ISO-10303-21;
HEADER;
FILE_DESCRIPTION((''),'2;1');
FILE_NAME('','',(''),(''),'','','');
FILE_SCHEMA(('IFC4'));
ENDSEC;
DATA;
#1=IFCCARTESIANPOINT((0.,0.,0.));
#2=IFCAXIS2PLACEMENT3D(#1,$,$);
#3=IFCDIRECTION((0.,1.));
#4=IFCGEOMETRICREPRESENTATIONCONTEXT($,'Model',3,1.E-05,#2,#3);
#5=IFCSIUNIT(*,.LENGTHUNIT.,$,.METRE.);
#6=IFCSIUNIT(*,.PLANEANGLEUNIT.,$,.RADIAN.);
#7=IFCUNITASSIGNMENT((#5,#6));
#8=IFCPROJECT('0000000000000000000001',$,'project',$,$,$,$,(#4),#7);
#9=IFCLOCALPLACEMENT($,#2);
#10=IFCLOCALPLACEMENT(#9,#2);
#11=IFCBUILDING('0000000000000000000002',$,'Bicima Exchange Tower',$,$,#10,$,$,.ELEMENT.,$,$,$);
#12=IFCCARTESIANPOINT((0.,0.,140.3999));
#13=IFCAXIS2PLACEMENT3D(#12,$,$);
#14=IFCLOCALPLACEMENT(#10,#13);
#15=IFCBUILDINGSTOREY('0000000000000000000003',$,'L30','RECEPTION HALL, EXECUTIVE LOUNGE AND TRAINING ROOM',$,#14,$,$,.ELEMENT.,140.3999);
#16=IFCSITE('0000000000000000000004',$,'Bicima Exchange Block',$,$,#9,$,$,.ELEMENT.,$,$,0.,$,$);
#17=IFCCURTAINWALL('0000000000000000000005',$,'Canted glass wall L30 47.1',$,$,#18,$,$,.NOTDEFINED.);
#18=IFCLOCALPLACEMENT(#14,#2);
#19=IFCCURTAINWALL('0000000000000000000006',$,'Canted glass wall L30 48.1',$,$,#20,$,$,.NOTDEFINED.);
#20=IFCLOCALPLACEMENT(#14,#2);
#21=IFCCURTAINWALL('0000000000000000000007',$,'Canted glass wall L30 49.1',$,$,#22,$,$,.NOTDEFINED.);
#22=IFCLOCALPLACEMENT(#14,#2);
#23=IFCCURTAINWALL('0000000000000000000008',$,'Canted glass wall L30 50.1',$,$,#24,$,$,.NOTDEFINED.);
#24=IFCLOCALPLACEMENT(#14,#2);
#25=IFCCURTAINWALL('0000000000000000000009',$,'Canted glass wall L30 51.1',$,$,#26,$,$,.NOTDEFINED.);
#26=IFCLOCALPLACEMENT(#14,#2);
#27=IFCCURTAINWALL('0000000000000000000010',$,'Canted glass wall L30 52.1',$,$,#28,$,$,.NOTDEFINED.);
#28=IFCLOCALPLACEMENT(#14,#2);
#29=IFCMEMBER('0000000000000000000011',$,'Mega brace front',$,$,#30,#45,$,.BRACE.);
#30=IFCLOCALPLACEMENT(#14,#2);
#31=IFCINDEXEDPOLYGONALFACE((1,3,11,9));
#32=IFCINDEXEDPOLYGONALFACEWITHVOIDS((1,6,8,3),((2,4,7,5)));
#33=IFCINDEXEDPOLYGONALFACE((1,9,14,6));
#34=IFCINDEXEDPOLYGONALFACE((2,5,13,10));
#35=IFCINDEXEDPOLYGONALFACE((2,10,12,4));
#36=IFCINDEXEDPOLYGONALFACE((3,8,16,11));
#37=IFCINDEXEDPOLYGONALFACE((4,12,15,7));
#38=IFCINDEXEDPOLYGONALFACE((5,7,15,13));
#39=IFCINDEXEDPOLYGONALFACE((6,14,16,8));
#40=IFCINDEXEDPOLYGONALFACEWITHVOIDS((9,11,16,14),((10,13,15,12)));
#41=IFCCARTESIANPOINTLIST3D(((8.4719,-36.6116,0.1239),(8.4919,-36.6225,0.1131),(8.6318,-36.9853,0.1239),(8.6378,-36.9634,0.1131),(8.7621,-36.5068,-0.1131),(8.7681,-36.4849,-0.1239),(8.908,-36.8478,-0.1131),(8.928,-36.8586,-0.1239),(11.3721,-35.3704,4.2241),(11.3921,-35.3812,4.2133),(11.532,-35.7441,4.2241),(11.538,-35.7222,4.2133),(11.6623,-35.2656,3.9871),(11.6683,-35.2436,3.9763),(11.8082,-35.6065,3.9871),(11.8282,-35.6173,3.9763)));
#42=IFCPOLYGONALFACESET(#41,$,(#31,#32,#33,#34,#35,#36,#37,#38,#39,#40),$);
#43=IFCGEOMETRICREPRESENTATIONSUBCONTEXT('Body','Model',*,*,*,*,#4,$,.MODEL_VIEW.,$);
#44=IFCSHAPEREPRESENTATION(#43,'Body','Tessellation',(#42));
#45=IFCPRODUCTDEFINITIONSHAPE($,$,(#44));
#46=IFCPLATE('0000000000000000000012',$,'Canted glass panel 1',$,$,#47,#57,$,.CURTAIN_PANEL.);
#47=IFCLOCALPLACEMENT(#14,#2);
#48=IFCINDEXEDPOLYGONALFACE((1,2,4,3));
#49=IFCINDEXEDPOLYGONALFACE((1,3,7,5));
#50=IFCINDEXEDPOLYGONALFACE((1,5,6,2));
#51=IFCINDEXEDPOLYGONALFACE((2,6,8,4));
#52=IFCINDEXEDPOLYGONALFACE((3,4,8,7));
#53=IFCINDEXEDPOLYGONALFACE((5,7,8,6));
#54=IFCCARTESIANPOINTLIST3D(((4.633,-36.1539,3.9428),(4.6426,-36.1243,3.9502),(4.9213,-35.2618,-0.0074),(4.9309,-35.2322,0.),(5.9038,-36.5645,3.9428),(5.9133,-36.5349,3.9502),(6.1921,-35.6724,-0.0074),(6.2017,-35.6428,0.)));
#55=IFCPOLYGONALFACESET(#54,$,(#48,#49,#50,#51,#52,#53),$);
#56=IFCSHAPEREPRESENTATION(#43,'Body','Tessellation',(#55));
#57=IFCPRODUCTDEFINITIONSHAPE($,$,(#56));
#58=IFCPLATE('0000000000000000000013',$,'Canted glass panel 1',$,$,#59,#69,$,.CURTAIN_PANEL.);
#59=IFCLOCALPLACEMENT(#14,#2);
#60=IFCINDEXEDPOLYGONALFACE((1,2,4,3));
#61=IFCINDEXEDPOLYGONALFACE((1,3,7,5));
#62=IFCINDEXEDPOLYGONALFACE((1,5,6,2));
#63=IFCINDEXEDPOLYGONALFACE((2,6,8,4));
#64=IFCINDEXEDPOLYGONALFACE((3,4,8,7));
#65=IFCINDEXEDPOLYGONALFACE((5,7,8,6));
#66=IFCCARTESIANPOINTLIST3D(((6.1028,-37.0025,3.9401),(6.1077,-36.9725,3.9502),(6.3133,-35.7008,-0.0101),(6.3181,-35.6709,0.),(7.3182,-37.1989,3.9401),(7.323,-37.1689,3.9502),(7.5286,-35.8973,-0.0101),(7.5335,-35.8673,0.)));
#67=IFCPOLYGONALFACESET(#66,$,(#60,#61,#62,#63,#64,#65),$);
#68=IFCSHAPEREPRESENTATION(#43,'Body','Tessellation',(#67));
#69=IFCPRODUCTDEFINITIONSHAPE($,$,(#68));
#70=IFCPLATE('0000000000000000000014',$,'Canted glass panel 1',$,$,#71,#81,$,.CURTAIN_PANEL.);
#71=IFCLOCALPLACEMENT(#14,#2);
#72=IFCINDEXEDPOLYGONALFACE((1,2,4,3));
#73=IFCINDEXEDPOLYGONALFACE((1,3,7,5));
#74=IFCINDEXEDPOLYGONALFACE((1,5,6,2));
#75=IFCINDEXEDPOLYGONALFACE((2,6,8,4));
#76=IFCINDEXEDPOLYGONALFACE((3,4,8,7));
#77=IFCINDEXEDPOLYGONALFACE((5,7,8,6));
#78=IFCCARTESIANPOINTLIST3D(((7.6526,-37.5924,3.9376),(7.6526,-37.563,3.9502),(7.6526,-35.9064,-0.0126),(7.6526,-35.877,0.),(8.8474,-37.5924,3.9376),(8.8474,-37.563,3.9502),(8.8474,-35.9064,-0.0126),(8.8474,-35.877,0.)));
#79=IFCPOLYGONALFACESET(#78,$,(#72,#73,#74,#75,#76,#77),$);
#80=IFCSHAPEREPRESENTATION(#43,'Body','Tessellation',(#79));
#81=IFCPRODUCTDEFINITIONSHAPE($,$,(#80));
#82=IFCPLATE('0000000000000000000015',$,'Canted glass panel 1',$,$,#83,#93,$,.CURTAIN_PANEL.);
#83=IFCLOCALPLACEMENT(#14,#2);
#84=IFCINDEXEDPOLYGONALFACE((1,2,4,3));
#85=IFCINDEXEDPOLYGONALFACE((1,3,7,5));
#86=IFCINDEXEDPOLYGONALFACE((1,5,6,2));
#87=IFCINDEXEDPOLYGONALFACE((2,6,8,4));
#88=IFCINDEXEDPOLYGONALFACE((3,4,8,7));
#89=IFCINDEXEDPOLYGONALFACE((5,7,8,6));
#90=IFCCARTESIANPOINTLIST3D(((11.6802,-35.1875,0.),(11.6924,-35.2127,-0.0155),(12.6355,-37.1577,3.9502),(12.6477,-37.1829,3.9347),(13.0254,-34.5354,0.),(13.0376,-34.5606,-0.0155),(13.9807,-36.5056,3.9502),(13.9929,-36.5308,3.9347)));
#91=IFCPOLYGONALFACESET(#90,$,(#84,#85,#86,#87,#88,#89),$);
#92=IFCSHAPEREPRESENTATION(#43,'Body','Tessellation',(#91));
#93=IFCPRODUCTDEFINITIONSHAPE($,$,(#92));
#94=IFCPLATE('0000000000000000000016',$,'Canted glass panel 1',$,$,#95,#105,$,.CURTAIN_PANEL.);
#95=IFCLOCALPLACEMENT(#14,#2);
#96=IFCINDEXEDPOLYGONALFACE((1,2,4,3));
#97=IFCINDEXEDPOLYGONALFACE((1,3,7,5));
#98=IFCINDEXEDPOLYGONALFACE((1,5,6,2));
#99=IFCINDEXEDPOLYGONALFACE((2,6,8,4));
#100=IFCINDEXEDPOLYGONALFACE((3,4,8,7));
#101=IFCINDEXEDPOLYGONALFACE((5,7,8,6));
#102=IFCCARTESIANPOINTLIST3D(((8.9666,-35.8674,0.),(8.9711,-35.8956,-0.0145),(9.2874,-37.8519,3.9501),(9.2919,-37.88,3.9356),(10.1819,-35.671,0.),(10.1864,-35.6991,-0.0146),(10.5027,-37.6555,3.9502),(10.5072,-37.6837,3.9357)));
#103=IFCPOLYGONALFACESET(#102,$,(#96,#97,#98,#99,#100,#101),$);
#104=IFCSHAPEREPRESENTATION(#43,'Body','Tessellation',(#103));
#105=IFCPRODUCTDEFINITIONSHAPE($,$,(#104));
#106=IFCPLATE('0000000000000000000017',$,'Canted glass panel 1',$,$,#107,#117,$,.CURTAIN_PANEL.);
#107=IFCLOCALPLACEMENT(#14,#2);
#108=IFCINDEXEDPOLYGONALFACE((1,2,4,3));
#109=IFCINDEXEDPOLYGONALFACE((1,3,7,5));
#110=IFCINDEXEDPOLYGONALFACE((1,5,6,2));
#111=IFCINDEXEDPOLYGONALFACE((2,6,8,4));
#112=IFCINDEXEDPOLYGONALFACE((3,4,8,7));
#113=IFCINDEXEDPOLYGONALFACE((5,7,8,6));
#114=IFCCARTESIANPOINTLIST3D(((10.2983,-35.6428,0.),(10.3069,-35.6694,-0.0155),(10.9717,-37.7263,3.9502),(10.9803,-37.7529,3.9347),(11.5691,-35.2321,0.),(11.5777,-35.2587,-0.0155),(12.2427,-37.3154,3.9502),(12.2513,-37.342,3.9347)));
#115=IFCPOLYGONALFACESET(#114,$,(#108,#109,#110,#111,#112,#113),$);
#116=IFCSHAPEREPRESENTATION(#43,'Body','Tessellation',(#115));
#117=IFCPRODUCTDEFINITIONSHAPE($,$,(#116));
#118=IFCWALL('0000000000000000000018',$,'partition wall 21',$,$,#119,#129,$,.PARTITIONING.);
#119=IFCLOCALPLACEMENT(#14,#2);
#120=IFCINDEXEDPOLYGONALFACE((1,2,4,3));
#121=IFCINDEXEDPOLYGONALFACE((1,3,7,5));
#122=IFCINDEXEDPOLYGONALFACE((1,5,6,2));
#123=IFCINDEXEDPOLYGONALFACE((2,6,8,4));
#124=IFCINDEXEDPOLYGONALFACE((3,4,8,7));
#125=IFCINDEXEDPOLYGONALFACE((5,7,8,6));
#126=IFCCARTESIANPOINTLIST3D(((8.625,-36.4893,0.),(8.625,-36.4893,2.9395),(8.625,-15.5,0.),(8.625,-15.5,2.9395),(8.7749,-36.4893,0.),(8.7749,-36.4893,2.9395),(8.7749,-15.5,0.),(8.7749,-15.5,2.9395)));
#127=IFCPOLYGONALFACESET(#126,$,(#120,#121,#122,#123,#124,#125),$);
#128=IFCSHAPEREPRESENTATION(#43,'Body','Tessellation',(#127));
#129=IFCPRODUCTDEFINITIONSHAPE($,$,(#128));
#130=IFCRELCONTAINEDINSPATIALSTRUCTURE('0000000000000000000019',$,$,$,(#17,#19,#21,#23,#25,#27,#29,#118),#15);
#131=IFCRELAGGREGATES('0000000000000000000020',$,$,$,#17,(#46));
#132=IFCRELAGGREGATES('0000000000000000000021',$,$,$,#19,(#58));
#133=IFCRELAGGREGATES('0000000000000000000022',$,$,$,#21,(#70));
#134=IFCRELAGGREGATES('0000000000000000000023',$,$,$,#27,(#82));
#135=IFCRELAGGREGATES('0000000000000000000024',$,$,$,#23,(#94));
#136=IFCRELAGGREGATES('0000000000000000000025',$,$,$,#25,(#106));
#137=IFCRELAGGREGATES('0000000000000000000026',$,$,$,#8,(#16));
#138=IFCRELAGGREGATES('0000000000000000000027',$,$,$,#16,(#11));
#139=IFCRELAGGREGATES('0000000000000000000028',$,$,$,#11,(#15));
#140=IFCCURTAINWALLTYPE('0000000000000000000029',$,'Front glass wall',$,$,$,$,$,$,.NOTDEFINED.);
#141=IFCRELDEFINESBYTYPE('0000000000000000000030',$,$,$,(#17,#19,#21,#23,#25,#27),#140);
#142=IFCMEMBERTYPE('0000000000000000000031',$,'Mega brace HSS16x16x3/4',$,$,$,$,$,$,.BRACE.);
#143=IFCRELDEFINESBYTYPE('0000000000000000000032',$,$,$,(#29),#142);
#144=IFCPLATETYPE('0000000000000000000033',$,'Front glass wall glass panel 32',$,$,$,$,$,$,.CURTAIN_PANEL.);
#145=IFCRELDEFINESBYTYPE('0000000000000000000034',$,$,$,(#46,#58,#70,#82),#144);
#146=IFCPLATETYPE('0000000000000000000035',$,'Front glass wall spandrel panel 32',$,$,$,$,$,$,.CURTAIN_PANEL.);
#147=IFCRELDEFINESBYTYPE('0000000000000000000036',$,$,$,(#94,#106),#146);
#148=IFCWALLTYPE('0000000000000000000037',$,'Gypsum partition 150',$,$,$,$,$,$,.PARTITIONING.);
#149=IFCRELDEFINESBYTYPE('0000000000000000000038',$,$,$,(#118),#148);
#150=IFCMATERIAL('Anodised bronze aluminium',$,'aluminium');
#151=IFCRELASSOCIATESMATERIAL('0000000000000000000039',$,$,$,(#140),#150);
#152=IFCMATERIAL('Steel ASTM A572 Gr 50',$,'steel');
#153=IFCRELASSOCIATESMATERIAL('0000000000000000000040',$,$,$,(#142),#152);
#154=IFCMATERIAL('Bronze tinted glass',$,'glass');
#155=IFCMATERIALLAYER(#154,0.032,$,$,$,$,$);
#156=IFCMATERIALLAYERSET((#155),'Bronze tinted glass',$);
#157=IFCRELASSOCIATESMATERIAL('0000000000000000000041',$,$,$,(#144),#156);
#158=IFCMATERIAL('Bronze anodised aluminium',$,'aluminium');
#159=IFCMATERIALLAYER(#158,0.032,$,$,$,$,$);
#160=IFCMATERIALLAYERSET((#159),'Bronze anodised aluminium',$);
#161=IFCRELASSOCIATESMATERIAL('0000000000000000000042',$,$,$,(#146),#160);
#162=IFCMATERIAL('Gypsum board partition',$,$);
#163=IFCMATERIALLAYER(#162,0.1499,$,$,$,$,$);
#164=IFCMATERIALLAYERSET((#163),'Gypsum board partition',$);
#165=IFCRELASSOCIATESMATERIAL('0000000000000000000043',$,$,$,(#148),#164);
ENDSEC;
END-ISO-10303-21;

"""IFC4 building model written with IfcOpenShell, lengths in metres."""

from ifc_helpers import new_model, si_unit, direction, frame, frame_2d, origin, origin_2d, place, context, subcontext, project, spatial, polyline, rectangle, hollow_rectangle, outline, extrude, material, layer, layer_set, material_profile, profile_set, type_object, element, aggregate, save


model = new_model("IFC4")

# Units and contexts
model_context = context("Model", 3, precision=1e-05, world=origin(), true_north=direction((0.0, 1.0)))
body_context = subcontext(model_context, "Body", "Model", "MODEL_VIEW")
ifc_project = project(units=[si_unit("LENGTHUNIT", "METRE"), si_unit("PLANEANGLEUNIT", "RADIAN")], contexts=[model_context])

# Site, building, storey
site_placement = place(None, origin())
site = spatial("IfcSite", under=ifc_project, at=site_placement, Name="Bicima Exchange Block", CompositionType="ELEMENT", RefElevation=0.0)
building_placement = place(site_placement, origin())
building = spatial("IfcBuilding", under=site, at=building_placement, Name="Bicima Exchange Tower", CompositionType="ELEMENT")
storey_placement = place(building_placement, frame((0.0, 0.0, 140.3999)))
storey = spatial("IfcBuildingStorey", under=building, at=storey_placement, Name="L30", Description="RECEPTION HALL, EXECUTIVE LOUNGE AND TRAINING ROOM", CompositionType="ELEMENT", Elevation=140.3999)

# Shared definitions
ifc_material_1 = material(Name="Anodised bronze aluminium", Category="aluminium")
curtain_wall_type = type_object("IfcCurtainWallType", Name="Front glass wall", PredefinedType="NOTDEFINED", material=ifc_material_1)

# Curtain walls
curtain_wall_1_placement = place(storey_placement, origin())
curtain_wall_1 = element("IfcCurtainWall", 1, at=curtain_wall_1_placement, inside=storey, type_object=curtain_wall_type, Name="Canted glass wall L30 47.1", PredefinedType="NOTDEFINED")
curtain_wall_2_placement = place(storey_placement, origin())
curtain_wall_2 = element("IfcCurtainWall", 2, at=curtain_wall_2_placement, inside=storey, type_object=curtain_wall_type, Name="Canted glass wall L30 48.1", PredefinedType="NOTDEFINED")
curtain_wall_3_placement = place(storey_placement, origin())
curtain_wall_3 = element("IfcCurtainWall", 3, at=curtain_wall_3_placement, inside=storey, type_object=curtain_wall_type, Name="Canted glass wall L30 49.1", PredefinedType="NOTDEFINED")
curtain_wall_4_placement = place(storey_placement, origin())
curtain_wall_4 = element("IfcCurtainWall", 4, at=curtain_wall_4_placement, inside=storey, type_object=curtain_wall_type, Name="Canted glass wall L30 50.1", PredefinedType="NOTDEFINED")
curtain_wall_5_placement = place(storey_placement, origin())
curtain_wall_5 = element("IfcCurtainWall", 5, at=curtain_wall_5_placement, inside=storey, type_object=curtain_wall_type, Name="Canted glass wall L30 51.1", PredefinedType="NOTDEFINED")

# Curtain wall
curtain_wall_6_placement = place(storey_placement, origin())
curtain_wall_6 = element("IfcCurtainWall", 6, at=curtain_wall_6_placement, inside=storey, type_object=curtain_wall_type, Name="Canted glass wall L30 52.1", PredefinedType="NOTDEFINED")

# Member
ifc_material_2 = material(Name="Steel ASTM A572 Gr 50", Category="steel")
ifc_material_profile_1 = material_profile(ifc_material_2, hollow_rectangle(XDim=0.4065, YDim=0.4065, WallThickness=0.0178, at=origin_2d()))
ifc_profile_set_1 = profile_set([ifc_material_profile_1], Name="Steel ASTM A572 Gr 50")
member_type_1 = type_object("IfcMemberType", Name="Mega brace HSS16x16x3/4", PredefinedType="BRACE", material=ifc_profile_set_1)
member_1_placement = place(storey_placement, frame((8.7, -36.7351, 0.0), z_axis=(0.560607, 0.23993, 0.792561), x_axis=(-0.393462, 0.919341, 0.0)))
element("IfcMember", 7, at=member_1_placement, inside=storey, type_object=member_type_1, Name="Mega brace front", PredefinedType="BRACE", context=body_context, shape_type="SweptSolid", body=[
    extrude(hollow_rectangle(XDim=0.4065, YDim=0.4065, WallThickness=0.0178, at=origin_2d()), origin(), (0.0, 0.0, 1.0), 5.1733),
])

# Plates
ifc_material_3 = material(Name="Bronze tinted glass", Category="glass")
ifc_layer_1 = layer(ifc_material_3, 0.032)
ifc_layer_set_1 = layer_set([ifc_layer_1], Name="Bronze tinted glass")
plate_type_1 = type_object("IfcPlateType", Name="Front glass wall glass panel 32", PredefinedType="CURTAIN_PANEL", material=ifc_layer_set_1)
plate_1_placement = place(storey_placement, frame((4.9309, -35.2322, 0.0), z_axis=(0.299183, 0.925832, 0.230922), x_axis=(0.95155, -0.307494, 0.0)))
plate_1 = element("IfcPlate", 8, at=plate_1_placement, type_object=plate_type_1, Name="Canted glass panel 1", PredefinedType="CURTAIN_PANEL", context=body_context, shape_type="SweptSolid", body=[
    extrude(outline(polyline([(0.0, 0.0), (1.3355, 0.0), (1.3354, -4.0599), (0.0, -4.0599), (0.0, 0.0)])), origin(), (0.0, 0.0, -1.0), 0.032),
])
aggregate(curtain_wall_1, [plate_1])
plate_2_placement = place(storey_placement, frame((6.3181, -35.6709, 0.0), z_axis=(0.151333, 0.936403, 0.316618), x_axis=(0.98719, -0.159551, 0.000029)))
plate_2 = element("IfcPlate", 9, at=plate_2_placement, type_object=plate_type_1, Name="Canted glass panel 1", PredefinedType="CURTAIN_PANEL", context=body_context, shape_type="SweptSolid", body=[
    extrude(outline(polyline([(0.0, 0.0), (1.2311, 0.0), (1.2311, -4.1644), (0.0001, -4.1645), (0.0, 0.0)])), origin(), (0.0, 0.0, -1.0), 0.032),
])
aggregate(curtain_wall_2, [plate_2])
plate_3_placement = place(storey_placement, frame((7.6526, -35.877, 0.0), z_axis=(0.0, 0.919726, 0.392561), x_axis=(1.0, 0.0, 0.0)))
plate_3 = element("IfcPlate", 10, at=plate_3_placement, type_object=plate_type_1, Name="Canted glass panel 1", PredefinedType="CURTAIN_PANEL", context=body_context, shape_type="SweptSolid", body=[
    extrude(outline(polyline([(0.0, 0.0), (1.1948, 0.0), (1.1948, -4.295), (0.0, -4.295), (0.0, 0.0)])), origin(), (0.0, 0.0, -1.0), 0.032),
])
aggregate(curtain_wall_3, [plate_3])
plate_4_placement = place(storey_placement, frame((11.6802, -35.1875, 0.0), z_axis=(-0.381515, 0.787026, 0.484806), x_axis=(0.899847, 0.436205, 0.0)))
plate_4 = element("IfcPlate", 11, at=plate_4_placement, type_object=plate_type_1, Name="Canted glass panel 1", PredefinedType="CURTAIN_PANEL", context=body_context, shape_type="SweptSolid", body=[
    extrude(outline(polyline([(0.0, 0.0), (1.4949, 0.0), (1.4952, -4.5165), (0.0002, -4.5165), (0.0, 0.0)])), origin(), (0.0, 0.0, -1.0), 0.032),
])
aggregate(curtain_wall_6, [plate_4])
ifc_material_4 = material(Name="Bronze anodised aluminium", Category="aluminium")
ifc_layer_2 = layer(ifc_material_4, 0.032)
ifc_layer_set_2 = layer_set([ifc_layer_2], Name="Bronze anodised aluminium")
plate_type_2 = type_object("IfcPlateType", Name="Front glass wall spandrel panel 32", PredefinedType="CURTAIN_PANEL", material=ifc_layer_set_2)
plate_5_placement = place(storey_placement, frame((8.9666, -35.8674, 0.0), z_axis=(-0.142188, 0.879816, 0.453549), x_axis=(0.987188, 0.159561, -0.00004)))
plate_5 = element("IfcPlate", 12, at=plate_5_placement, type_object=plate_type_2, Name="Canted glass panel 1", PredefinedType="CURTAIN_PANEL", context=body_context, shape_type="SweptSolid", body=[
    extrude(outline(polyline([(0.0, 0.0), (1.2311, 0.0), (1.231, -4.4323), (-0.0001, -4.4322), (0.0, 0.0)])), origin(), (0.0, 0.0, -1.0), 0.032),
])
aggregate(curtain_wall_4, [plate_5])
plate_6_placement = place(storey_placement, frame((10.2983, -35.6428, 0.0), z_axis=(-0.268993, 0.832238, 0.484791), x_axis=(0.951536, 0.307537, 0.000025)))
plate_6 = element("IfcPlate", 13, at=plate_6_placement, type_object=plate_type_2, Name="Canted glass panel 1", PredefinedType="CURTAIN_PANEL", context=body_context, shape_type="SweptSolid", body=[
    extrude(outline(polyline([(0.0, 0.0), (1.3355, 0.0), (1.3358, -4.5164), (0.0001, -4.5165), (0.0, 0.0)])), origin(), (0.0, 0.0, -1.0), 0.032),
])
aggregate(curtain_wall_5, [plate_6])

# Wall
ifc_material_5 = material(Name="Gypsum board partition")
ifc_layer_3 = layer(ifc_material_5, 0.1499)
ifc_layer_set_3 = layer_set([ifc_layer_3], Name="Gypsum board partition")
wall_type = type_object("IfcWallType", Name="Gypsum partition 150", PredefinedType="PARTITIONING", material=ifc_layer_set_3)
wall_placement = place(storey_placement, frame((8.7, -36.4893, 0.0), z_axis=(0.0, 0.0, 1.0), x_axis=(0.0, 1.0, 0.0)))
element("IfcWall", 14, at=wall_placement, inside=storey, type_object=wall_type, Name="partition wall 21", PredefinedType="PARTITIONING", context=body_context, shape_type="SweptSolid", body=[
    extrude(rectangle(XDim=20.9893, YDim=0.1499, at=frame_2d((10.4946, 0.0))), origin(), (0.0, 0.0, 1.0), 2.9395),
])

save(model, "model.ifc")
